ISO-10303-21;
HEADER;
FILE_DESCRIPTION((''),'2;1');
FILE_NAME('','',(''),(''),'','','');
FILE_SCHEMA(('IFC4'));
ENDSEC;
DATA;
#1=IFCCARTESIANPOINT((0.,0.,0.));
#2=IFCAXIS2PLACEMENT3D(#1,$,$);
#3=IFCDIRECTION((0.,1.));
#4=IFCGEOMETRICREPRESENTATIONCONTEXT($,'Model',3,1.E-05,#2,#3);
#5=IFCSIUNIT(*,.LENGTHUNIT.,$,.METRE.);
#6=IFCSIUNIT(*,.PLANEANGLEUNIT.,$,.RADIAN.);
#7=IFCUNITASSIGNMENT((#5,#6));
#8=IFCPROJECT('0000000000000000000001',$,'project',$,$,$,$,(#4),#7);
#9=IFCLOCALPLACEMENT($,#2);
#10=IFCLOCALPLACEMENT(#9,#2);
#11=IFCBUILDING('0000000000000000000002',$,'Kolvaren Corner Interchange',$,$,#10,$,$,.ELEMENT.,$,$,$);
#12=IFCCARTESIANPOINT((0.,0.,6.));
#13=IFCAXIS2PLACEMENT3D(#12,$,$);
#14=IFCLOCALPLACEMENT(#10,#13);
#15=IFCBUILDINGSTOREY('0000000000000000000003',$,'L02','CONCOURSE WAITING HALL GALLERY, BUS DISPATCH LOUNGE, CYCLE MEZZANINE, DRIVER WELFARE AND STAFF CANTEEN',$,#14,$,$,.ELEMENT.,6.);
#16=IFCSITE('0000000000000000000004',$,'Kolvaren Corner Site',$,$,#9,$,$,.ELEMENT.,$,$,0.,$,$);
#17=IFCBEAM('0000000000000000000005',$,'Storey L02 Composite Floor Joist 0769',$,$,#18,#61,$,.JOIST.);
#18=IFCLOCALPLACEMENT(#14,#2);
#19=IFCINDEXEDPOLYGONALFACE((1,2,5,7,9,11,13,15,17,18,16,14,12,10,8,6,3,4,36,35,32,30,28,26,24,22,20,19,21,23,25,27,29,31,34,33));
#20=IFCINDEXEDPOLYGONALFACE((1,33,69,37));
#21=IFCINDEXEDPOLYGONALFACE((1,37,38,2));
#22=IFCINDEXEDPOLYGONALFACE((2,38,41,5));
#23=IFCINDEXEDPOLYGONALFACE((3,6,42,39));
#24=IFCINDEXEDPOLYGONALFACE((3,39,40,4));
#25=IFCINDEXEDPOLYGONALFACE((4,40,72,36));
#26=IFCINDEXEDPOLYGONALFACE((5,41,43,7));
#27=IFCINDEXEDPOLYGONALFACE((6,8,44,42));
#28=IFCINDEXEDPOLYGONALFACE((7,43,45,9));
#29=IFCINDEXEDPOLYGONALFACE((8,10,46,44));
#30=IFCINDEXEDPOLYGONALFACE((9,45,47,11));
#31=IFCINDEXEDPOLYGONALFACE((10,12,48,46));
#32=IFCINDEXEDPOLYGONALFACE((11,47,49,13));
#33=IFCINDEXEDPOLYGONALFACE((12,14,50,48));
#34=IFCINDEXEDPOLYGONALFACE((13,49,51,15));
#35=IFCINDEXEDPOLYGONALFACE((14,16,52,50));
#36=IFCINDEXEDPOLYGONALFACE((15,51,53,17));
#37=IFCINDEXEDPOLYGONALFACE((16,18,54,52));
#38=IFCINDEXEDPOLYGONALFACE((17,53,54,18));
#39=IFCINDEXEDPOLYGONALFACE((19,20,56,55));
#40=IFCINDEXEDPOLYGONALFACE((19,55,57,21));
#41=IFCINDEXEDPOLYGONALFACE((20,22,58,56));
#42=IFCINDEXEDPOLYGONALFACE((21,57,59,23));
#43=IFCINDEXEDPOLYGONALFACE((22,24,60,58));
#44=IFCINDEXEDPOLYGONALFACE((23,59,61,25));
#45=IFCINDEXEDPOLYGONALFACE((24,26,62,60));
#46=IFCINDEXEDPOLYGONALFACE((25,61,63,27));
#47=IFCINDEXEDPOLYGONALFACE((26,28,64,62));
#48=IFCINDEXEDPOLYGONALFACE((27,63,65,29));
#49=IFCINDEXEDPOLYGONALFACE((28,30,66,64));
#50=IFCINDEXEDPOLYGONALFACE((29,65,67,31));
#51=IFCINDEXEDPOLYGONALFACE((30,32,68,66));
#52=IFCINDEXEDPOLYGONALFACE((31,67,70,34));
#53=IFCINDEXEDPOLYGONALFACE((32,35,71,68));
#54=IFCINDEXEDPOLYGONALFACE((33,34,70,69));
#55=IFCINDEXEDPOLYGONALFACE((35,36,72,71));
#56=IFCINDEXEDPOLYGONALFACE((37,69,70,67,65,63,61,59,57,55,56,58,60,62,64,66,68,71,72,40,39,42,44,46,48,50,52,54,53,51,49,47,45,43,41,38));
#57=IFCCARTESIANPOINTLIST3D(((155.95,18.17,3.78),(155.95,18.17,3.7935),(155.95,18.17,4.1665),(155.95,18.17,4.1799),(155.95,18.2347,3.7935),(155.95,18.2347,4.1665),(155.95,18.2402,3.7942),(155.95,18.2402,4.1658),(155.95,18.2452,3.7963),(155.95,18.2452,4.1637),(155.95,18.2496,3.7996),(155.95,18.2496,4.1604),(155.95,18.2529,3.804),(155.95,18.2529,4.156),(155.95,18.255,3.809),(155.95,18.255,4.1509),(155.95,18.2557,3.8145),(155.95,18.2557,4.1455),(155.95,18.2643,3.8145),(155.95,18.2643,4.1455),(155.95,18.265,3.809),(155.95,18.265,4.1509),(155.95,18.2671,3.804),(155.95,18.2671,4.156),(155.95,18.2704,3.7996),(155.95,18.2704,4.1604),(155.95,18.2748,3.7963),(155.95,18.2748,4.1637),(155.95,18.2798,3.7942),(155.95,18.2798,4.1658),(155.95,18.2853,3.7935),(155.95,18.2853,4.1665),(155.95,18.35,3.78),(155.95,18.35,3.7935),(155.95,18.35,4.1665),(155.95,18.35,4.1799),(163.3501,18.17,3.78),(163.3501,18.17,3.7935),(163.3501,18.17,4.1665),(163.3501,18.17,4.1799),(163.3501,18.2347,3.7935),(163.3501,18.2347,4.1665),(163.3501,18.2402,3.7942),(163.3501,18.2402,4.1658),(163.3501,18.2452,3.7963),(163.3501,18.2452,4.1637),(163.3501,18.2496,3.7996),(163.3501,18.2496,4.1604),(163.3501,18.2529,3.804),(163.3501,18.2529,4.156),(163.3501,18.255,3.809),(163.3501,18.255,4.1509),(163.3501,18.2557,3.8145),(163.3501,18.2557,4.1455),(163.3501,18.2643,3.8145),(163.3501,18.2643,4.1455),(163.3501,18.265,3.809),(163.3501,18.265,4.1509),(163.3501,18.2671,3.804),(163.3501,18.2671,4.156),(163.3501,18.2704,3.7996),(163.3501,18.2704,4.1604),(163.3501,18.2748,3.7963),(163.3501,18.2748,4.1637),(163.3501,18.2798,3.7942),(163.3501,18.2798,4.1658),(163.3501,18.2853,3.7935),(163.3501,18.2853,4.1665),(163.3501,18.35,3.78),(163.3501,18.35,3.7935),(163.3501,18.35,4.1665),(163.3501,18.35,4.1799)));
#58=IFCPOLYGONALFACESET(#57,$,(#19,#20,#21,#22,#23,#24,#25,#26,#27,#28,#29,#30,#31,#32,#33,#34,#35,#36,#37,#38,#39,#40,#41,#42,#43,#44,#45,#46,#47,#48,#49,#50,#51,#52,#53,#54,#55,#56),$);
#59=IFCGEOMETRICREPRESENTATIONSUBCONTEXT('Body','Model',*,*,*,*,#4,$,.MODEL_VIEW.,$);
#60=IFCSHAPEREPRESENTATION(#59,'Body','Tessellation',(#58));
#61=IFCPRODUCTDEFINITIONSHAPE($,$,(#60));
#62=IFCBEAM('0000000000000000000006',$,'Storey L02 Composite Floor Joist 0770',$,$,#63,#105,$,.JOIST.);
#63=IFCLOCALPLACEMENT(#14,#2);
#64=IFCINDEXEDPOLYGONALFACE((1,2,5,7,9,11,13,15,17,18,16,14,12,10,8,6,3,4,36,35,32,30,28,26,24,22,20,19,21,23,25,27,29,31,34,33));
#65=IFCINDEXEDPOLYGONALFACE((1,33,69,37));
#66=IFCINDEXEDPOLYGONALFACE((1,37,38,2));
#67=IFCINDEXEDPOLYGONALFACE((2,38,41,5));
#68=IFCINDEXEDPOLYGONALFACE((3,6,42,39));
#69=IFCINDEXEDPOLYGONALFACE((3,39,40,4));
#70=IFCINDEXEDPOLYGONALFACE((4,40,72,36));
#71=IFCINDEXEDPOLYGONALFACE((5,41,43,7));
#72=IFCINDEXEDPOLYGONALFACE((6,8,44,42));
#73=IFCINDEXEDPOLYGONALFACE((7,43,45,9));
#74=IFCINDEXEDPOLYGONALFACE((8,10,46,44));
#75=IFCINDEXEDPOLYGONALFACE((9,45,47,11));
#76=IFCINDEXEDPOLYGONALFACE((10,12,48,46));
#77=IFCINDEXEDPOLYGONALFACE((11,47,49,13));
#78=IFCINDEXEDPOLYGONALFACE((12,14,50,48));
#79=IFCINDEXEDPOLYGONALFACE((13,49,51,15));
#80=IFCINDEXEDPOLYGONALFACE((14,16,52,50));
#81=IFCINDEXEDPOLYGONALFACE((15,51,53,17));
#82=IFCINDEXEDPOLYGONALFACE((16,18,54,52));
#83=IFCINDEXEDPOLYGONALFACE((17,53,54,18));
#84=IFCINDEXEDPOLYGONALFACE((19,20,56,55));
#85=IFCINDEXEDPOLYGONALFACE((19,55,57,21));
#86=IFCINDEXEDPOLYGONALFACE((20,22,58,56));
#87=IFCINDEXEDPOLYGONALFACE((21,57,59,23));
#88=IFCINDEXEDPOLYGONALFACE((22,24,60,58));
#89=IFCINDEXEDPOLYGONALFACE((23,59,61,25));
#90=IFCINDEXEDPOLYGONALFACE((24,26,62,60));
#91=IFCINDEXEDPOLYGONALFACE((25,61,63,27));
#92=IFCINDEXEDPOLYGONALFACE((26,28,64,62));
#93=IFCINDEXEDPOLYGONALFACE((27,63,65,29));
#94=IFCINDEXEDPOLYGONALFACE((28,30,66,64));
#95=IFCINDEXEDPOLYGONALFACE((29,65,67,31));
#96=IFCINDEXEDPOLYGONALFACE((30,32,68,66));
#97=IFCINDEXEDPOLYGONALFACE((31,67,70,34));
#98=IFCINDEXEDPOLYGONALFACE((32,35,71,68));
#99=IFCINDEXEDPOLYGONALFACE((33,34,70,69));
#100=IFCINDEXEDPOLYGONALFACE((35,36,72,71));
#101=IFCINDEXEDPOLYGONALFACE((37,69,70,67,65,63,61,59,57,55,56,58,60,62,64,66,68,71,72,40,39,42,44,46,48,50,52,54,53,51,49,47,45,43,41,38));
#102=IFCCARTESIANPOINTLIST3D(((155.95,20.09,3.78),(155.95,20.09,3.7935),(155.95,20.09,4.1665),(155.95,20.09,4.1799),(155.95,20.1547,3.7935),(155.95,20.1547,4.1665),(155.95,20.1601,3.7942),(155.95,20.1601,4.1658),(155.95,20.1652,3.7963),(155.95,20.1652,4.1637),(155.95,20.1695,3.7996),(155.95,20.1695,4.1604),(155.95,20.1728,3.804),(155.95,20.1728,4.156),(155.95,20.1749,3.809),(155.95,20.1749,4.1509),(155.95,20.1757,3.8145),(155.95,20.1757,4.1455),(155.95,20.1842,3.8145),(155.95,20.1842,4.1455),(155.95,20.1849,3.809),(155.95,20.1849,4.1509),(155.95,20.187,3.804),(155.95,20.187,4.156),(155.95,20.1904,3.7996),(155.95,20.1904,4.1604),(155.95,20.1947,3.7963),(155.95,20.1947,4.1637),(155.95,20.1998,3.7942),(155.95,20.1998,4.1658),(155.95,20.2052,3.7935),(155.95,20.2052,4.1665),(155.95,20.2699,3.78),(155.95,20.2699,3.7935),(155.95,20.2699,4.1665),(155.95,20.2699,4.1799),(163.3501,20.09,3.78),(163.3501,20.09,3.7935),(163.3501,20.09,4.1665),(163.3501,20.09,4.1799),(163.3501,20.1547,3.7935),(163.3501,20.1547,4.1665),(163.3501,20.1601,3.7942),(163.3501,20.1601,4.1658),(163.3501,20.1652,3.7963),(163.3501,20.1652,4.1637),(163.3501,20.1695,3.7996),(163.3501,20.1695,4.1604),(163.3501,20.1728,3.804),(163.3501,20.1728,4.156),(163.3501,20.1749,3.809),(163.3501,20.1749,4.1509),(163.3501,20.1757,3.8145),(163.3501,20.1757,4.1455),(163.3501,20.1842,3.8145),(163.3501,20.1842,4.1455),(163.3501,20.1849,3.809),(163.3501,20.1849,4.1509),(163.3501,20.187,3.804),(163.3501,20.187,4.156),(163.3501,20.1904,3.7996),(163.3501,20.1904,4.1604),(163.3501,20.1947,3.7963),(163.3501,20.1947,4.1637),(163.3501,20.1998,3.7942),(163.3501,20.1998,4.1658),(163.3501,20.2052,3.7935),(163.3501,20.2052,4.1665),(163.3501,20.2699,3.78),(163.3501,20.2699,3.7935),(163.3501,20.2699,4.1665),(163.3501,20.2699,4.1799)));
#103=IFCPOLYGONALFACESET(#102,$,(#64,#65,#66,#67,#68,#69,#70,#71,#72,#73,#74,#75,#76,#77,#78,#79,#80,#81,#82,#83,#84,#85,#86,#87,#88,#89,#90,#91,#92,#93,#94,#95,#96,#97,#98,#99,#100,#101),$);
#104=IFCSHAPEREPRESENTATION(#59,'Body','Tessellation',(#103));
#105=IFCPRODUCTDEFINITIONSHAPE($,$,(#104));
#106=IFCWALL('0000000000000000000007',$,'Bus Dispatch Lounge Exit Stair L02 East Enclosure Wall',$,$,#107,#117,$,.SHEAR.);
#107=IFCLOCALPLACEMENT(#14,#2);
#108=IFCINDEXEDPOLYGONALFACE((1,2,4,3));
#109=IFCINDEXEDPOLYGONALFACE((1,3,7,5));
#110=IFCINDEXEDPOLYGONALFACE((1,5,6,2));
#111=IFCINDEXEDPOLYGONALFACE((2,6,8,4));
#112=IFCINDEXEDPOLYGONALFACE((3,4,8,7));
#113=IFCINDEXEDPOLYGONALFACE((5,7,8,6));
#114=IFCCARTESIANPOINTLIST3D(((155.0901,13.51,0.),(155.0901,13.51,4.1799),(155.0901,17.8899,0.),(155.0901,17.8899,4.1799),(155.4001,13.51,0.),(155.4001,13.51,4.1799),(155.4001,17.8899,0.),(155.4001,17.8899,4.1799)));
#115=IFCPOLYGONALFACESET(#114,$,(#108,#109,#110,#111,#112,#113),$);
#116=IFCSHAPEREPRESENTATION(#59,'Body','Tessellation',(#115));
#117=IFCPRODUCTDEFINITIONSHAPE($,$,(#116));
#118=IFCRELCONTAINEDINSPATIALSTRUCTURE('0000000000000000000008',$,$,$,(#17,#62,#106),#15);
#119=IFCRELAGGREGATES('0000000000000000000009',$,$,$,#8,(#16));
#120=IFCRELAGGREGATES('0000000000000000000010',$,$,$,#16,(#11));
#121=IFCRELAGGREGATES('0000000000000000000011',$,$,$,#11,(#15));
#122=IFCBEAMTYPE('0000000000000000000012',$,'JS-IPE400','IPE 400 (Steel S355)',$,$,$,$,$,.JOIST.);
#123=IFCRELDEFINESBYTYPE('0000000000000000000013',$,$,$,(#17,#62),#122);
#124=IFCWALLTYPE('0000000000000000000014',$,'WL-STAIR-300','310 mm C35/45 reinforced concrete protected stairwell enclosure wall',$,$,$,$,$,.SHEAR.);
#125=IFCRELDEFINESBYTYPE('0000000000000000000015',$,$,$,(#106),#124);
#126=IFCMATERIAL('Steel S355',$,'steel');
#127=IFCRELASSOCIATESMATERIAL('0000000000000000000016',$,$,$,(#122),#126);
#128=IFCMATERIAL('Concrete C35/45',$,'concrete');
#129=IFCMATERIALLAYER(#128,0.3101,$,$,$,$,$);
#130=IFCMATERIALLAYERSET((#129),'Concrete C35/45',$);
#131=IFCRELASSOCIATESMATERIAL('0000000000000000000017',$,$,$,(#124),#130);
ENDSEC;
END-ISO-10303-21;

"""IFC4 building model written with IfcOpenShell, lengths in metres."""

from ifc_helpers import new_model, si_unit, direction, frame, frame_2d, origin, origin_2d, place, context, subcontext, project, spatial, rectangle, i_section, extrude, material, layer, layer_set, material_profile, profile_set, type_object, element, save


model = new_model("IFC4")

# Units and contexts
model_context = context("Model", 3, precision=1e-05, world=origin(), true_north=direction((0.0, 1.0)))
body_context = subcontext(model_context, "Body", "Model", "MODEL_VIEW")
ifc_project = project(units=[si_unit("LENGTHUNIT", "METRE"), si_unit("PLANEANGLEUNIT", "RADIAN")], contexts=[model_context])

# Site, building, storey
site_placement = place(None, origin())
site = spatial("IfcSite", under=ifc_project, at=site_placement, Name="Kolvaren Corner Site", CompositionType="ELEMENT", RefElevation=0.0)
building_placement = place(site_placement, origin())
building = spatial("IfcBuilding", under=site, at=building_placement, Name="Kolvaren Corner Interchange", CompositionType="ELEMENT")
storey_placement = place(building_placement, frame((0.0, 0.0, 6.0)))
storey = spatial("IfcBuildingStorey", under=building, at=storey_placement, Name="L02", Description="CONCOURSE WAITING HALL GALLERY, BUS DISPATCH LOUNGE, CYCLE MEZZANINE, DRIVER WELFARE AND STAFF CANTEEN", CompositionType="ELEMENT", Elevation=6.0)

# Beams
ifc_material_1 = material(Name="Steel S355", Category="steel")
ifc_material_profile_1 = material_profile(ifc_material_1, i_section(OverallWidth=0.1799, OverallDepth=0.3999, WebThickness=0.0085, FlangeThickness=0.0134, FilletRadius=0.021, at=origin_2d()), Name="IPE 400")
ifc_profile_set_1 = profile_set([ifc_material_profile_1], Name="Steel S355")
beam_type_1 = type_object("IfcBeamType", Name="JS-IPE400", Description="IPE 400 (Steel S355)", PredefinedType="JOIST", material=ifc_profile_set_1)
for number, where, z_axis, x_axis, name in (
    (1, (155.95, 18.26, 3.98), (1.0, 0.0, 0.0), (0.0, 1.0, 0.0), "Storey L02 Composite Floor Joist 0769"),
    (2, (155.95, 20.1799, 3.98), (1.0, 0.0, 0.0), (0.0, 1.0, 0.0), "Storey L02 Composite Floor Joist 0770"),
):
    element("IfcBeam", number, at=place(storey_placement, frame(where, z_axis=z_axis, x_axis=x_axis)), inside=storey, type_object=beam_type_1, Name=name, PredefinedType="JOIST", context=body_context, shape_type="SweptSolid", body=[
        extrude(i_section(OverallWidth=0.1799, OverallDepth=0.3999, WebThickness=0.0085, FlangeThickness=0.0134, FilletRadius=0.021, at=origin_2d()), origin(), (0.0, 0.0, 1.0), 7.4001),
    ])

# Wall
ifc_material_2 = material(Name="Concrete C35/45", Category="concrete")
ifc_layer_1 = layer(ifc_material_2, 0.3101)
ifc_layer_set_1 = layer_set([ifc_layer_1], Name="Concrete C35/45")
wall_type_1 = type_object("IfcWallType", Name="WL-STAIR-300", Description="310 mm C35/45 reinforced concrete protected stairwell enclosure wall", PredefinedType="SHEAR", material=ifc_layer_set_1)
wall_1_placement = place(storey_placement, frame((155.2451, 13.51, 0.0), z_axis=(0.0, 0.0, 1.0), x_axis=(0.0, 1.0, 0.0)))
element("IfcWall", 3, at=wall_1_placement, inside=storey, type_object=wall_type_1, Name="Bus Dispatch Lounge Exit Stair L02 East Enclosure Wall", PredefinedType="SHEAR", context=body_context, shape_type="SweptSolid", body=[
    extrude(rectangle(XDim=4.3799, YDim=0.3101, at=frame_2d((2.1899, 0.0))), origin(), (0.0, 0.0, 1.0), 4.1799),
])

save(model, "model.ifc")
